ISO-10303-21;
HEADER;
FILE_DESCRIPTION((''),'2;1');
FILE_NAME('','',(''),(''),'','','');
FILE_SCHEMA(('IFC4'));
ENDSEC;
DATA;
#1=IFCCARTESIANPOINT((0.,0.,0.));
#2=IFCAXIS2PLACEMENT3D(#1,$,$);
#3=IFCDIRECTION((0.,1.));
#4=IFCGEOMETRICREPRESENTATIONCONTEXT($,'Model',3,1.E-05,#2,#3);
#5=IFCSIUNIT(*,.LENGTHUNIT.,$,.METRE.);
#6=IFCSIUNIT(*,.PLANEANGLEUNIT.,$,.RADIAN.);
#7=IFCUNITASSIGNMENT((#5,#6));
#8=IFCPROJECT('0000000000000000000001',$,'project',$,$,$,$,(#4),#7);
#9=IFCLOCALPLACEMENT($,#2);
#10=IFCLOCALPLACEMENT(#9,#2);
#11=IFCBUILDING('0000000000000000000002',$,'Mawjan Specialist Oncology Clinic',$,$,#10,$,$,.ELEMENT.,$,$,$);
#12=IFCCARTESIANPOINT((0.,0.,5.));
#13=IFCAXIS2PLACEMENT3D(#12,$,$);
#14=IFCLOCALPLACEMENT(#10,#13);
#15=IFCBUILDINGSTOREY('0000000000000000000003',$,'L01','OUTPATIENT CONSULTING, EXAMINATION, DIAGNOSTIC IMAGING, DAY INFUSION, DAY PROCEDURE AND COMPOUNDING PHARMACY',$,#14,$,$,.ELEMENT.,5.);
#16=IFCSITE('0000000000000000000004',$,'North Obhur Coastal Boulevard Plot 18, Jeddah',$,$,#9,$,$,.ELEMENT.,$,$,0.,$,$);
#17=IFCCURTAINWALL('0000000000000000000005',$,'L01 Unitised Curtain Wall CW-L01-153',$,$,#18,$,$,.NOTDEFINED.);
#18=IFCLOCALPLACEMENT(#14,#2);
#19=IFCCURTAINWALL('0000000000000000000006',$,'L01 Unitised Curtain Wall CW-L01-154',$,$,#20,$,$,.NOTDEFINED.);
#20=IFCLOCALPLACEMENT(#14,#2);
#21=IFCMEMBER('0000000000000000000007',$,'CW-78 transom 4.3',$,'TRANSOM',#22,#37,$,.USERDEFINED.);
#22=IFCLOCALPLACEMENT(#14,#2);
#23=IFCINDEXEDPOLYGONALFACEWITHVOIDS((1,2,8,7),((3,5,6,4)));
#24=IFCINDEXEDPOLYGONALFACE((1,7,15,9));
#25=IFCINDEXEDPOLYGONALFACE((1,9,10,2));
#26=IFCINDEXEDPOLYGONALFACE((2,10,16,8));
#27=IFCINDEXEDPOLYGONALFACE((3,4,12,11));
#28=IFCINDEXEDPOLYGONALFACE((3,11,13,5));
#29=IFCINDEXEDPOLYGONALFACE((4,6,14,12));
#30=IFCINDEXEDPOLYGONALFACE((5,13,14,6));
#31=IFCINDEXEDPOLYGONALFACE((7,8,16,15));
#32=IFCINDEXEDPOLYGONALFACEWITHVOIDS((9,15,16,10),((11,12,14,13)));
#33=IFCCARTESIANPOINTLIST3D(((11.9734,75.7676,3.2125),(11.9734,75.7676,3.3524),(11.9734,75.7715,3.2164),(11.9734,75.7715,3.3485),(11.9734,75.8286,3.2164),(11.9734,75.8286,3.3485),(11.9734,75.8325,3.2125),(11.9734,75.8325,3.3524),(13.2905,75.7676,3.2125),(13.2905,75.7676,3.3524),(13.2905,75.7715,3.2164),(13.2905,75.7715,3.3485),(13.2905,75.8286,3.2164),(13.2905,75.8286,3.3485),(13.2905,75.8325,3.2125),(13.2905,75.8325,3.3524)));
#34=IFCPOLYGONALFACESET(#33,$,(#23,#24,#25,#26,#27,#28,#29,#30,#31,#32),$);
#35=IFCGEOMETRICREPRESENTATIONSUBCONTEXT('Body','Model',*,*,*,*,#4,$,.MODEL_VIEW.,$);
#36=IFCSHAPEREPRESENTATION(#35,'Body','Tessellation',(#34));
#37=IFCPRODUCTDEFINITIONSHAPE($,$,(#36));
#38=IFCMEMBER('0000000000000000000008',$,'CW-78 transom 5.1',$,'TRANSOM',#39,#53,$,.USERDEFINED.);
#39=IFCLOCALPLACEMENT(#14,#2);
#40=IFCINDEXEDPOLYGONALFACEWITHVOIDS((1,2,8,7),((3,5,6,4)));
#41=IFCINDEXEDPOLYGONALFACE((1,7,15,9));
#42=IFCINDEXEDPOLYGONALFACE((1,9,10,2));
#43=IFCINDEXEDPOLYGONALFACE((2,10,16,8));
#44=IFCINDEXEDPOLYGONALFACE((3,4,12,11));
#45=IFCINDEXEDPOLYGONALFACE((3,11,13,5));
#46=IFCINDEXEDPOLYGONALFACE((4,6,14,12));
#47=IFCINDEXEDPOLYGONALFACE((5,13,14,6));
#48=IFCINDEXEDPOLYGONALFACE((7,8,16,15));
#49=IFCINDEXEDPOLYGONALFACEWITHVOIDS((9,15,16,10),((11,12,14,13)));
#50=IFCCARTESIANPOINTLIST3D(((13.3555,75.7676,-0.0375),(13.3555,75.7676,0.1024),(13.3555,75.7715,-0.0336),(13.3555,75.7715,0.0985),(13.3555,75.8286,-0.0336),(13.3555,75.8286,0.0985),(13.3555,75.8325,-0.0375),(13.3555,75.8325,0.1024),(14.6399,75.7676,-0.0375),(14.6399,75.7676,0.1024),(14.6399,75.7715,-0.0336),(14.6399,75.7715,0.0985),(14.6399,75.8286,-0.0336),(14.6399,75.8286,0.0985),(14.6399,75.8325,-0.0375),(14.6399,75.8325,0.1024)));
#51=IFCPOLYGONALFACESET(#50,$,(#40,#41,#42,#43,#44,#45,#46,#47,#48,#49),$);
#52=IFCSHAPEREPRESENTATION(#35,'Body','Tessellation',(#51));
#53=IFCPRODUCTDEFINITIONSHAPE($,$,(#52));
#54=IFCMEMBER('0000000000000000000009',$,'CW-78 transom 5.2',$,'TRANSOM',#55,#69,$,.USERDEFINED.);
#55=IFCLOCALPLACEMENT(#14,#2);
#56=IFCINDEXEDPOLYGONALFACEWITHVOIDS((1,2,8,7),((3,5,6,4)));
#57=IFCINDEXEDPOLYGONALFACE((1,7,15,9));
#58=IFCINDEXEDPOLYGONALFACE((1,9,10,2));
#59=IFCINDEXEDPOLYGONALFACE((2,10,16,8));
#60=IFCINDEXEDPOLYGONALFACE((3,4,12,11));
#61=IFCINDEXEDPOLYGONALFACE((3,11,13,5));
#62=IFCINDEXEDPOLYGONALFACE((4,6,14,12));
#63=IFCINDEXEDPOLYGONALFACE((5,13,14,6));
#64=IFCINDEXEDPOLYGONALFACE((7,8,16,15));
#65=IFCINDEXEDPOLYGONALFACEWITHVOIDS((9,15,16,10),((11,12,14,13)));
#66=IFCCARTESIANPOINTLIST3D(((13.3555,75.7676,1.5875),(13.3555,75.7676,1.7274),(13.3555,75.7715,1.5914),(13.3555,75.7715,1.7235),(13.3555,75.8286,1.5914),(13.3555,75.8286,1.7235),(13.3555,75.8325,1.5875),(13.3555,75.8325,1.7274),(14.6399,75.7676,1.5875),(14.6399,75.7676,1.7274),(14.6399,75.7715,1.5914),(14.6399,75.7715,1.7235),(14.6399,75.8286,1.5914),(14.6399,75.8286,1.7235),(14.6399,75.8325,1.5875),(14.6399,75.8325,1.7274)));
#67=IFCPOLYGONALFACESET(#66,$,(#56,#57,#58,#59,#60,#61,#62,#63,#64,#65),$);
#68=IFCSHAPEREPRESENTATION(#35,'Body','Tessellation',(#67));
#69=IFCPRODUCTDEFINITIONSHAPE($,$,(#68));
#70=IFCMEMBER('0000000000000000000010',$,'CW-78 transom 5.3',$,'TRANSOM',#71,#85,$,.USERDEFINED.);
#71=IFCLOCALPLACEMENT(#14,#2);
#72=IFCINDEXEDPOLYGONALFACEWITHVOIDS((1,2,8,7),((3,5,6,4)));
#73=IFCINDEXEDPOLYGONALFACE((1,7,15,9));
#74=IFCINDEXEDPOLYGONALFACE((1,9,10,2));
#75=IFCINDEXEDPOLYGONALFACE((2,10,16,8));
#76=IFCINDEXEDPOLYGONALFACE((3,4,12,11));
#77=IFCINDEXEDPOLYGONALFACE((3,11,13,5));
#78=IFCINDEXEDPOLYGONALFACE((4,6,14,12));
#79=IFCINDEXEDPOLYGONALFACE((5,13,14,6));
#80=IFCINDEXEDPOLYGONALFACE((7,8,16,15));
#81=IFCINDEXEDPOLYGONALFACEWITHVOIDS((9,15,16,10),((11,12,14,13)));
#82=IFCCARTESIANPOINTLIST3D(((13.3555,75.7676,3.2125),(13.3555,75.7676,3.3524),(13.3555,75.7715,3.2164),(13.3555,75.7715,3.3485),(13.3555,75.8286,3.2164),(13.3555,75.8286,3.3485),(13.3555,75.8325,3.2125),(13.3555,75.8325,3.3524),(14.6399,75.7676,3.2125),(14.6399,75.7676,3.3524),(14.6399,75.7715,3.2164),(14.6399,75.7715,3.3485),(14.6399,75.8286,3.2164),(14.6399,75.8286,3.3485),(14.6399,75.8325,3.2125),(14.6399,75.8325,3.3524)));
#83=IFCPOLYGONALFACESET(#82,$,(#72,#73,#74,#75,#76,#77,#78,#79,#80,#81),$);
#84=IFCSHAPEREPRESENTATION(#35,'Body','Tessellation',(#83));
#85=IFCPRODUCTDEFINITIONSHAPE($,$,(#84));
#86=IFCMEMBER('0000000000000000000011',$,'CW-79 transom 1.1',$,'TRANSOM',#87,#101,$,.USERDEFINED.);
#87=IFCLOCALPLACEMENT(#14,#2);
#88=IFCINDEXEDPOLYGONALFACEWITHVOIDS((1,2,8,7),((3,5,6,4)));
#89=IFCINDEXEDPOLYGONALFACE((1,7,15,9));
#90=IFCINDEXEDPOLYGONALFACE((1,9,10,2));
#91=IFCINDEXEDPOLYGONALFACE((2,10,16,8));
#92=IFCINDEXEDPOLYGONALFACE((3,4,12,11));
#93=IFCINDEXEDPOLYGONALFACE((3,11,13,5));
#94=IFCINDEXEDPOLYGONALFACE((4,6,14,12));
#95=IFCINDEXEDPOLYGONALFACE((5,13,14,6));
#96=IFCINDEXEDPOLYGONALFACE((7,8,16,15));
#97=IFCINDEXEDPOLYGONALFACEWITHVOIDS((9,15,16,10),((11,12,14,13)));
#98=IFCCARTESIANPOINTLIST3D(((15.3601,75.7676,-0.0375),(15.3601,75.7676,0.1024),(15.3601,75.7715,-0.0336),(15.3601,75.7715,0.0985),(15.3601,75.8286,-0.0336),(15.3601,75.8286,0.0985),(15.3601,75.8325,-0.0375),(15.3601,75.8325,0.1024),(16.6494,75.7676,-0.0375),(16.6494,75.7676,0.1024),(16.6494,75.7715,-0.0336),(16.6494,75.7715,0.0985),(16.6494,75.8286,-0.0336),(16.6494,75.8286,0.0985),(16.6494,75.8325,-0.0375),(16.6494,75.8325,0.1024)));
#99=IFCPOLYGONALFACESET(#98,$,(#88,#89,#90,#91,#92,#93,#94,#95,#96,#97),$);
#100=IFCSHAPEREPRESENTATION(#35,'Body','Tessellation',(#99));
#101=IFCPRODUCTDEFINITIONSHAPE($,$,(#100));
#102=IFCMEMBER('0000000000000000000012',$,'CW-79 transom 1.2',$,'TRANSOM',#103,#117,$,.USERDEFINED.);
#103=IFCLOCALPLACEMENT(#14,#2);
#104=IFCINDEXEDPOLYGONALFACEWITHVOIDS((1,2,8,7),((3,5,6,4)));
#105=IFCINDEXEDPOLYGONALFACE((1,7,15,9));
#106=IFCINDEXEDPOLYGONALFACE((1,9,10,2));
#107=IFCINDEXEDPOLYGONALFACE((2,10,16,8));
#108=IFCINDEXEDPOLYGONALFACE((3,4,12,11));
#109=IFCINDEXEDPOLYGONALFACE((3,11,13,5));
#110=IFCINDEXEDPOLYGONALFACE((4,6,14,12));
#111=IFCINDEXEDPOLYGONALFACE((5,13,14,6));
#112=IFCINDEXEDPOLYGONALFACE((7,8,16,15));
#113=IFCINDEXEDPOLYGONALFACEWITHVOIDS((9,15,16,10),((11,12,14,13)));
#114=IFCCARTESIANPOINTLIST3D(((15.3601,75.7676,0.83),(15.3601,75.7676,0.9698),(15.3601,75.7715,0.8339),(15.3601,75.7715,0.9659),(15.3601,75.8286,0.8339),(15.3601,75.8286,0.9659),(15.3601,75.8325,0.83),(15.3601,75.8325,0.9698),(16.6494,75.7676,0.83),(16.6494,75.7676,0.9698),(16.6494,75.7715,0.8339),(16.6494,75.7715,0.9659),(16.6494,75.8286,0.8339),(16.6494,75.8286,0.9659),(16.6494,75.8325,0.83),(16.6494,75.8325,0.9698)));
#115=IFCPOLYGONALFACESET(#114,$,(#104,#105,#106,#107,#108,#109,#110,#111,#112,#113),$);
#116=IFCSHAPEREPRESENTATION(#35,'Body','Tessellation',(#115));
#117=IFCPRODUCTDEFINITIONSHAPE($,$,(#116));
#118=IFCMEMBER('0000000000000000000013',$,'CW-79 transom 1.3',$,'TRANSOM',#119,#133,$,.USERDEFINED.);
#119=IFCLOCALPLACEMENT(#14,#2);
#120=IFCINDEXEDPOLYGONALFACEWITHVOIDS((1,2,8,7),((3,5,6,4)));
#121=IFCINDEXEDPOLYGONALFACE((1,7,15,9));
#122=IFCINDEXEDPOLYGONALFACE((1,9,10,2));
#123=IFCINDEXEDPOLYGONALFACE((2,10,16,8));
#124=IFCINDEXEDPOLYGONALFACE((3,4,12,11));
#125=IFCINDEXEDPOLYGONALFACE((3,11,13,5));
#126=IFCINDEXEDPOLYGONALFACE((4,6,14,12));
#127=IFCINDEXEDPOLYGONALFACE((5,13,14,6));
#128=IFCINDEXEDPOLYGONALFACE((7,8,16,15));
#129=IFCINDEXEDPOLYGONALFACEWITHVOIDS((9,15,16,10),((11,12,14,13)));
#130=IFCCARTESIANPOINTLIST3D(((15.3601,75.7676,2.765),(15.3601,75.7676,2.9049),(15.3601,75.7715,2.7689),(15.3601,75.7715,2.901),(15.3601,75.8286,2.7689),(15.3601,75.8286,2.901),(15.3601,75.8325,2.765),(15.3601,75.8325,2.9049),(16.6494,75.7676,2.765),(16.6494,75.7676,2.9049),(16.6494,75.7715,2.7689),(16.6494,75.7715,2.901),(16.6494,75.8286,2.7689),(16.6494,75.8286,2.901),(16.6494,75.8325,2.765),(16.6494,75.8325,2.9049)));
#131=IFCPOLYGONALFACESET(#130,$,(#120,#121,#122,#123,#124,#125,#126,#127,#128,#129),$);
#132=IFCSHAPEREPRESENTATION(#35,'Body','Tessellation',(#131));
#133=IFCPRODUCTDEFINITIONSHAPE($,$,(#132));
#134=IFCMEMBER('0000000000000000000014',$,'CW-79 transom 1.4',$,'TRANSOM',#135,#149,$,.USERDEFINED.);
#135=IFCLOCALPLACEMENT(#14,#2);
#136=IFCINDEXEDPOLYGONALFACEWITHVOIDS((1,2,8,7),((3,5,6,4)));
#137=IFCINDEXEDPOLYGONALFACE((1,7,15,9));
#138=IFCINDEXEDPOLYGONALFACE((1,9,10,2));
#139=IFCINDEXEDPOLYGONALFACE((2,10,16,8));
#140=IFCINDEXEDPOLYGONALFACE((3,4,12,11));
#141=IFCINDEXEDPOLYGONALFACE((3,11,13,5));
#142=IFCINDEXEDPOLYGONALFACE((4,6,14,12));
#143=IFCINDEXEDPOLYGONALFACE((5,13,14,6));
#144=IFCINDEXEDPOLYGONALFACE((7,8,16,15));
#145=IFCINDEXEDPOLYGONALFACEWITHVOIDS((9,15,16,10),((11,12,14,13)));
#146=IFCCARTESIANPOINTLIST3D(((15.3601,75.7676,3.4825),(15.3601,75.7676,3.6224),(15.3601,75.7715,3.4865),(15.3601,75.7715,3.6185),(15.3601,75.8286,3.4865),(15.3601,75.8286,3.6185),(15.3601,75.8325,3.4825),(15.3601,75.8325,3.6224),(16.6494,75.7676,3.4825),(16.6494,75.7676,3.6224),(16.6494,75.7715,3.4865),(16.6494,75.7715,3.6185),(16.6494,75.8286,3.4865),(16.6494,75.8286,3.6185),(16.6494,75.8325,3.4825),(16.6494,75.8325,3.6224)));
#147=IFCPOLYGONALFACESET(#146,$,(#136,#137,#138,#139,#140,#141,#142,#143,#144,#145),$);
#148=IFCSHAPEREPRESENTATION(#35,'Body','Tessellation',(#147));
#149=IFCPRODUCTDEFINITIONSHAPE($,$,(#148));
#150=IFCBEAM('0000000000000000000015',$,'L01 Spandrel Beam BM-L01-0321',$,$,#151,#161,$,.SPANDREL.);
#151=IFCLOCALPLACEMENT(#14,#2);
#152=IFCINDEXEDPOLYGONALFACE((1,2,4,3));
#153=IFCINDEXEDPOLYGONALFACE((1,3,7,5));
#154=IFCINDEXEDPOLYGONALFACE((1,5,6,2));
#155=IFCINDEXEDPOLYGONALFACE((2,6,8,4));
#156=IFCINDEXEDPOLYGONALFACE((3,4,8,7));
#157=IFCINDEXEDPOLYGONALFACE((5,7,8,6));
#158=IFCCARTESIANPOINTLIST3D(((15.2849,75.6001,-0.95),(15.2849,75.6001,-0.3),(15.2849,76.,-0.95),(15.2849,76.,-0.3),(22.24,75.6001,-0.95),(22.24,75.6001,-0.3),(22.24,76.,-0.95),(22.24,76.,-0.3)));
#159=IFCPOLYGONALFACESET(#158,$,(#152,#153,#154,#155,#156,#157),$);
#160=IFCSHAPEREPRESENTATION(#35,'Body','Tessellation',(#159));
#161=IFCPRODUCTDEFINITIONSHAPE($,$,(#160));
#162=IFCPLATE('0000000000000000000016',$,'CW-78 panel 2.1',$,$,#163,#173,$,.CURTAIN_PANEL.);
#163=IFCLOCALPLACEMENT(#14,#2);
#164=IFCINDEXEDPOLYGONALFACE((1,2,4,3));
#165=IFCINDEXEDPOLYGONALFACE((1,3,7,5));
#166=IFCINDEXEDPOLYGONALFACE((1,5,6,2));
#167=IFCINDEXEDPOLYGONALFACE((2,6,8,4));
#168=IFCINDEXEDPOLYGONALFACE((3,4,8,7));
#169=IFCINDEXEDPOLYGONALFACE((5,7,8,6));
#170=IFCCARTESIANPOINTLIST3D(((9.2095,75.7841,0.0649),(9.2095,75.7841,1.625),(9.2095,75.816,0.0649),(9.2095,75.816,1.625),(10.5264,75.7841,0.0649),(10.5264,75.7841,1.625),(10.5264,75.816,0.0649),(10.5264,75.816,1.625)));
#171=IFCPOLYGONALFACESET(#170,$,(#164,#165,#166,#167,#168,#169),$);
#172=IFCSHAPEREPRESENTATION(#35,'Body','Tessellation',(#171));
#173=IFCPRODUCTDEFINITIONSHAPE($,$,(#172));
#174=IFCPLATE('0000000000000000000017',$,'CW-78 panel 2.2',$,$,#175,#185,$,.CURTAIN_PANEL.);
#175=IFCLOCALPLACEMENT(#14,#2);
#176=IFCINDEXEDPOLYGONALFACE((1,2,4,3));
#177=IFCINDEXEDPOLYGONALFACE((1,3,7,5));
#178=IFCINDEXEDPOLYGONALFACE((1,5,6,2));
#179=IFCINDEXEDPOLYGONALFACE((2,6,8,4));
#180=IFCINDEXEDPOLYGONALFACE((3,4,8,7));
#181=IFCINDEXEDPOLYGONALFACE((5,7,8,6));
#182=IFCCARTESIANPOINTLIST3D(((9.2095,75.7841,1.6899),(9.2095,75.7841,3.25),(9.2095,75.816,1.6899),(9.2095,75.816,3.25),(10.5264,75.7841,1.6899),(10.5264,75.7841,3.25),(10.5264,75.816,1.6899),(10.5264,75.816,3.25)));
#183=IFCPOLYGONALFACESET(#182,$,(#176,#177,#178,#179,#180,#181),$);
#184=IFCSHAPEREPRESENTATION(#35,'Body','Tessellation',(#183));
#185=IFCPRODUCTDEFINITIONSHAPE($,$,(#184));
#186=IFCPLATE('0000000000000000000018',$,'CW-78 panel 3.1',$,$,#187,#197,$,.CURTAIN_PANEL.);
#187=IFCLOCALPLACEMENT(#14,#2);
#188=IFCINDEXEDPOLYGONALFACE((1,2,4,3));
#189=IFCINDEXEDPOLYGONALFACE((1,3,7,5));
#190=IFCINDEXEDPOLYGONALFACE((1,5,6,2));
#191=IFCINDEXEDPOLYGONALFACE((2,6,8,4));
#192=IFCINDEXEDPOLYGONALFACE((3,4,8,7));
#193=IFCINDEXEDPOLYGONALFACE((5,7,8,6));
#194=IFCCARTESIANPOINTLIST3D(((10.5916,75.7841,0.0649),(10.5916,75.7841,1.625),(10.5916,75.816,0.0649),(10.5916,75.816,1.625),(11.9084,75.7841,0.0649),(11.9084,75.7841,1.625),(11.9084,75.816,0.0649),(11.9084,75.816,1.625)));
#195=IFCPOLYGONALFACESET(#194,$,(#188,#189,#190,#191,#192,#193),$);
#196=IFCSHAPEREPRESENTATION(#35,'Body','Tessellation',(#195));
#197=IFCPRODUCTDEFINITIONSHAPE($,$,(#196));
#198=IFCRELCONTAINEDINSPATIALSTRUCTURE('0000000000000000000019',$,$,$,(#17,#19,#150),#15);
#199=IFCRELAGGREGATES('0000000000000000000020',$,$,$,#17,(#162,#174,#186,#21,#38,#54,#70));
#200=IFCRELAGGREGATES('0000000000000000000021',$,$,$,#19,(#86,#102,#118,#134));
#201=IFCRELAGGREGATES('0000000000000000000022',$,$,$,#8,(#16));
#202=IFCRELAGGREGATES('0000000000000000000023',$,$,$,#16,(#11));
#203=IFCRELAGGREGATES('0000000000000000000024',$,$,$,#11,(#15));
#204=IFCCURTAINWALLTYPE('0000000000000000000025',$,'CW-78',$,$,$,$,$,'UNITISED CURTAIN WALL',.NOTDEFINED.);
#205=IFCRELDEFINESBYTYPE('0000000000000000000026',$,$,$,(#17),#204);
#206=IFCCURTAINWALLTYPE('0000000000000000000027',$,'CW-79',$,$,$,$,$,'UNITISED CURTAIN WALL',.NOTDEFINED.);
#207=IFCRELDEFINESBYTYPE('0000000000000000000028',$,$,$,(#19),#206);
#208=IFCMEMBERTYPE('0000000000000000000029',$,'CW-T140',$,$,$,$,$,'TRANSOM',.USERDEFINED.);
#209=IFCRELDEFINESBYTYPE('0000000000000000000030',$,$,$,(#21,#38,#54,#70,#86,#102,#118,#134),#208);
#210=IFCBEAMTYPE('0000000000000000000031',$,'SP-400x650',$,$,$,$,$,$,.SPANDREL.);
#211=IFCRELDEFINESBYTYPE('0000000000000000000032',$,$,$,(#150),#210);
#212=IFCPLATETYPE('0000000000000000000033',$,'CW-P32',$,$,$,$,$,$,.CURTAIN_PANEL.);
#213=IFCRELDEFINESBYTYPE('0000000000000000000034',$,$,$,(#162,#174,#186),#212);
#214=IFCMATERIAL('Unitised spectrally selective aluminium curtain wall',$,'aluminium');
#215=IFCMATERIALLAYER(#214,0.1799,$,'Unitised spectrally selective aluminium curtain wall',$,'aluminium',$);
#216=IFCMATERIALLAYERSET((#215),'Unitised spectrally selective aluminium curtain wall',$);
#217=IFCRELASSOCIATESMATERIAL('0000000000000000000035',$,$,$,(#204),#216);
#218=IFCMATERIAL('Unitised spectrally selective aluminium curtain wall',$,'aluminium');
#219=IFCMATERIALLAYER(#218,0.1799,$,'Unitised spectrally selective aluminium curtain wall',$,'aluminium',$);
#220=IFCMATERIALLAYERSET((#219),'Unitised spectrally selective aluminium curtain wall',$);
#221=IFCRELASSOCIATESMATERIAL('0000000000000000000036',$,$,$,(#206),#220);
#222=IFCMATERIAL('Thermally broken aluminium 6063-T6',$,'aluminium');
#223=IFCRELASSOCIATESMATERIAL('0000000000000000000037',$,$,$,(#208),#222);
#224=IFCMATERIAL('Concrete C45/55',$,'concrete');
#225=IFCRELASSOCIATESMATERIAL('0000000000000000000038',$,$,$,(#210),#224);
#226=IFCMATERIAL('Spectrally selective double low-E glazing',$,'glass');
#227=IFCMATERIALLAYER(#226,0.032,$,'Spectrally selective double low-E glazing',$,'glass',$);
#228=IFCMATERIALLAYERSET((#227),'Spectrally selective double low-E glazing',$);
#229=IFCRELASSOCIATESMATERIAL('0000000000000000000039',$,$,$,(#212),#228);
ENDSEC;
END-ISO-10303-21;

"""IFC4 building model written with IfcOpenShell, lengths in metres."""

from ifc_helpers import new_model, si_unit, direction, frame, origin, origin_2d, place, context, subcontext, project, spatial, rectangle, hollow_rectangle, extrude, material, layer, layer_set, material_profile, profile_set, type_object, element, aggregate, save


model = new_model("IFC4")

# Units and contexts
model_context = context("Model", 3, precision=1e-05, world=origin(), true_north=direction((0.0, 1.0)))
body_context = subcontext(model_context, "Body", "Model", "MODEL_VIEW")
ifc_project = project(units=[si_unit("LENGTHUNIT", "METRE"), si_unit("PLANEANGLEUNIT", "RADIAN")], contexts=[model_context])

# Site, building, storey
site_placement = place(None, origin())
site = spatial("IfcSite", under=ifc_project, at=site_placement, Name="North Obhur Coastal Boulevard Plot 18, Jeddah", CompositionType="ELEMENT", RefElevation=0.0)
building_placement = place(site_placement, origin())
building = spatial("IfcBuilding", under=site, at=building_placement, Name="Mawjan Specialist Oncology Clinic", CompositionType="ELEMENT")
storey_placement = place(building_placement, frame((0.0, 0.0, 5.0)))
storey = spatial("IfcBuildingStorey", under=building, at=storey_placement, Name="L01", Description="OUTPATIENT CONSULTING, EXAMINATION, DIAGNOSTIC IMAGING, DAY INFUSION, DAY PROCEDURE AND COMPOUNDING PHARMACY", CompositionType="ELEMENT", Elevation=5.0)

# Curtain wall
ifc_material_1 = material(Name="Unitised spectrally selective aluminium curtain wall", Category="aluminium")
ifc_layer_1 = layer(ifc_material_1, 0.1799, Name="Unitised spectrally selective aluminium curtain wall", Category="aluminium")
ifc_layer_set_1 = layer_set([ifc_layer_1], Name="Unitised spectrally selective aluminium curtain wall")
curtain_wall_type_1 = type_object("IfcCurtainWallType", Name="CW-78", ElementType="UNITISED CURTAIN WALL", PredefinedType="NOTDEFINED", material=ifc_layer_set_1)
curtain_wall_1_placement = place(storey_placement, origin())
curtain_wall_1 = element("IfcCurtainWall", 1, at=curtain_wall_1_placement, inside=storey, type_object=curtain_wall_type_1, Name="L01 Unitised Curtain Wall CW-L01-153", PredefinedType="NOTDEFINED")

# Curtain wall
ifc_material_2 = material(Name="Unitised spectrally selective aluminium curtain wall", Category="aluminium")
ifc_layer_2 = layer(ifc_material_2, 0.1799, Name="Unitised spectrally selective aluminium curtain wall", Category="aluminium")
ifc_layer_set_2 = layer_set([ifc_layer_2], Name="Unitised spectrally selective aluminium curtain wall")
curtain_wall_type_2 = type_object("IfcCurtainWallType", Name="CW-79", ElementType="UNITISED CURTAIN WALL", PredefinedType="NOTDEFINED", material=ifc_layer_set_2)
curtain_wall_2_placement = place(storey_placement, origin())
curtain_wall_2 = element("IfcCurtainWall", 2, at=curtain_wall_2_placement, inside=storey, type_object=curtain_wall_type_2, Name="L01 Unitised Curtain Wall CW-L01-154", PredefinedType="NOTDEFINED")

# Members
ifc_material_3 = material(Name="Thermally broken aluminium 6063-T6", Category="aluminium")
ifc_material_profile_1 = material_profile(ifc_material_3, hollow_rectangle(XDim=0.0649, YDim=0.1399, WallThickness=0.0039, at=origin_2d()), Name="ALU TRANSOM 140x65x4", Category="aluminium")
ifc_profile_set_1 = profile_set([ifc_material_profile_1], Name="Thermally broken aluminium 6063-T6")
member_type_1 = type_object("IfcMemberType", Name="CW-T140", ElementType="TRANSOM", PredefinedType="USERDEFINED", material=ifc_profile_set_1)
member_1_placement = place(storey_placement, frame((11.9734, 75.8, 3.2825), z_axis=(1.0, 0.0, 0.0), x_axis=(0.0, 1.0, 0.0)))
member_1 = element("IfcMember", 3, at=member_1_placement, type_object=member_type_1, Name="CW-78 transom 4.3", ObjectType="TRANSOM", PredefinedType="USERDEFINED", context=body_context, shape_type="SweptSolid", body=[
    extrude(hollow_rectangle(XDim=0.0649, YDim=0.1399, WallThickness=0.0039, at=origin_2d()), origin(), (0.0, 0.0, 1.0), 1.3171),
])
member_2_placement = place(storey_placement, frame((13.3555, 75.8, 0.0325), z_axis=(1.0, 0.0, 0.0), x_axis=(0.0, 1.0, 0.0)))
member_2 = element("IfcMember", 4, at=member_2_placement, type_object=member_type_1, Name="CW-78 transom 5.1", ObjectType="TRANSOM", PredefinedType="USERDEFINED", context=body_context, shape_type="SweptSolid", body=[
    extrude(hollow_rectangle(XDim=0.0649, YDim=0.1399, WallThickness=0.0039, at=origin_2d()), origin(), (0.0, 0.0, 1.0), 1.2844),
])
member_3_placement = place(storey_placement, frame((13.3555, 75.8, 1.6575), z_axis=(1.0, 0.0, 0.0), x_axis=(0.0, 1.0, 0.0)))
member_3 = element("IfcMember", 5, at=member_3_placement, type_object=member_type_1, Name="CW-78 transom 5.2", ObjectType="TRANSOM", PredefinedType="USERDEFINED", context=body_context, shape_type="SweptSolid", body=[
    extrude(hollow_rectangle(XDim=0.0649, YDim=0.1399, WallThickness=0.0039, at=origin_2d()), origin(), (0.0, 0.0, 1.0), 1.2844),
])
member_4_placement = place(storey_placement, frame((13.3555, 75.8, 3.2825), z_axis=(1.0, 0.0, 0.0), x_axis=(0.0, 1.0, 0.0)))
member_4 = element("IfcMember", 6, at=member_4_placement, type_object=member_type_1, Name="CW-78 transom 5.3", ObjectType="TRANSOM", PredefinedType="USERDEFINED", context=body_context, shape_type="SweptSolid", body=[
    extrude(hollow_rectangle(XDim=0.0649, YDim=0.1399, WallThickness=0.0039, at=origin_2d()), origin(), (0.0, 0.0, 1.0), 1.2844),
])
member_5_placement = place(storey_placement, frame((15.3601, 75.8, 0.0325), z_axis=(1.0, 0.0, 0.0), x_axis=(0.0, 1.0, 0.0)))
member_5 = element("IfcMember", 7, at=member_5_placement, type_object=member_type_1, Name="CW-79 transom 1.1", ObjectType="TRANSOM", PredefinedType="USERDEFINED", context=body_context, shape_type="SweptSolid", body=[
    extrude(hollow_rectangle(XDim=0.0649, YDim=0.1399, WallThickness=0.0039, at=origin_2d()), origin(), (0.0, 0.0, 1.0), 1.2893),
])
member_6_placement = place(storey_placement, frame((15.3601, 75.8, 0.8999), z_axis=(1.0, 0.0, 0.0), x_axis=(0.0, 1.0, 0.0)))
member_6 = element("IfcMember", 8, at=member_6_placement, type_object=member_type_1, Name="CW-79 transom 1.2", ObjectType="TRANSOM", PredefinedType="USERDEFINED", context=body_context, shape_type="SweptSolid", body=[
    extrude(hollow_rectangle(XDim=0.0649, YDim=0.1399, WallThickness=0.0039, at=origin_2d()), origin(), (0.0, 0.0, 1.0), 1.2893),
])
member_7_placement = place(storey_placement, frame((15.3601, 75.8, 2.835), z_axis=(1.0, 0.0, 0.0), x_axis=(0.0, 1.0, 0.0)))
member_7 = element("IfcMember", 9, at=member_7_placement, type_object=member_type_1, Name="CW-79 transom 1.3", ObjectType="TRANSOM", PredefinedType="USERDEFINED", context=body_context, shape_type="SweptSolid", body=[
    extrude(hollow_rectangle(XDim=0.0649, YDim=0.1399, WallThickness=0.0039, at=origin_2d()), origin(), (0.0, 0.0, 1.0), 1.2893),
])
member_8_placement = place(storey_placement, frame((15.3601, 75.8, 3.5525), z_axis=(1.0, 0.0, 0.0), x_axis=(0.0, 1.0, 0.0)))
member_8 = element("IfcMember", 10, at=member_8_placement, type_object=member_type_1, Name="CW-79 transom 1.4", ObjectType="TRANSOM", PredefinedType="USERDEFINED", context=body_context, shape_type="SweptSolid", body=[
    extrude(hollow_rectangle(XDim=0.0649, YDim=0.1399, WallThickness=0.0039, at=origin_2d()), origin(), (0.0, 0.0, 1.0), 1.2893),
])

# Beam
ifc_material_4 = material(Name="Concrete C45/55", Category="concrete")
ifc_material_profile_2 = material_profile(ifc_material_4, rectangle(XDim=0.3999, YDim=0.6499, at=origin_2d()), Name="RC BM 400x650", Category="concrete")
ifc_profile_set_2 = profile_set([ifc_material_profile_2], Name="Concrete C45/55")
beam_type = type_object("IfcBeamType", Name="SP-400x650", PredefinedType="SPANDREL", material=ifc_profile_set_2)
beam_placement = place(storey_placement, frame((15.2849, 75.8, -0.625), z_axis=(1.0, 0.0, 0.0), x_axis=(0.0, 1.0, 0.0)))
element("IfcBeam", 11, at=beam_placement, inside=storey, type_object=beam_type, Name="L01 Spandrel Beam BM-L01-0321", PredefinedType="SPANDREL", context=body_context, shape_type="SweptSolid", body=[
    extrude(rectangle(XDim=0.3999, YDim=0.6499, at=origin_2d()), origin(), (0.0, 0.0, 1.0), 6.9551),
])

# Plates
ifc_material_5 = material(Name="Spectrally selective double low-E glazing", Category="glass")
ifc_layer_3 = layer(ifc_material_5, 0.032, Name="Spectrally selective double low-E glazing", Category="glass")
ifc_layer_set_3 = layer_set([ifc_layer_3], Name="Spectrally selective double low-E glazing")
plate_type = type_object("IfcPlateType", Name="CW-P32", PredefinedType="CURTAIN_PANEL", material=ifc_layer_set_3)
plate_1_placement = place(storey_placement, frame((9.8679, 75.8, 0.0649), z_axis=(0.0, 0.0, 1.0), x_axis=(1.0, 0.0, 0.0)))
plate_1 = element("IfcPlate", 12, at=plate_1_placement, type_object=plate_type, Name="CW-78 panel 2.1", PredefinedType="CURTAIN_PANEL", context=body_context, shape_type="SweptSolid", body=[
    extrude(rectangle(XDim=1.3169, YDim=0.032, at=origin_2d()), origin(), (0.0, 0.0, 1.0), 1.5601),
])
plate_2_placement = place(storey_placement, frame((9.8679, 75.8, 1.6899), z_axis=(0.0, 0.0, 1.0), x_axis=(1.0, 0.0, 0.0)))
plate_2 = element("IfcPlate", 13, at=plate_2_placement, type_object=plate_type, Name="CW-78 panel 2.2", PredefinedType="CURTAIN_PANEL", context=body_context, shape_type="SweptSolid", body=[
    extrude(rectangle(XDim=1.3169, YDim=0.032, at=origin_2d()), origin(), (0.0, 0.0, 1.0), 1.5601),
])
plate_3_placement = place(storey_placement, frame((11.25, 75.8, 0.0649), z_axis=(0.0, 0.0, 1.0), x_axis=(1.0, 0.0, 0.0)))
plate_3 = element("IfcPlate", 14, at=plate_3_placement, type_object=plate_type, Name="CW-78 panel 3.1", PredefinedType="CURTAIN_PANEL", context=body_context, shape_type="SweptSolid", body=[
    extrude(rectangle(XDim=1.3169, YDim=0.032, at=origin_2d()), origin(), (0.0, 0.0, 1.0), 1.5601),
])
aggregate(curtain_wall_1, [plate_1, plate_2, plate_3, member_1, member_2, member_3, member_4])
aggregate(curtain_wall_2, [member_5, member_6, member_7, member_8])

save(model, "model.ifc")
